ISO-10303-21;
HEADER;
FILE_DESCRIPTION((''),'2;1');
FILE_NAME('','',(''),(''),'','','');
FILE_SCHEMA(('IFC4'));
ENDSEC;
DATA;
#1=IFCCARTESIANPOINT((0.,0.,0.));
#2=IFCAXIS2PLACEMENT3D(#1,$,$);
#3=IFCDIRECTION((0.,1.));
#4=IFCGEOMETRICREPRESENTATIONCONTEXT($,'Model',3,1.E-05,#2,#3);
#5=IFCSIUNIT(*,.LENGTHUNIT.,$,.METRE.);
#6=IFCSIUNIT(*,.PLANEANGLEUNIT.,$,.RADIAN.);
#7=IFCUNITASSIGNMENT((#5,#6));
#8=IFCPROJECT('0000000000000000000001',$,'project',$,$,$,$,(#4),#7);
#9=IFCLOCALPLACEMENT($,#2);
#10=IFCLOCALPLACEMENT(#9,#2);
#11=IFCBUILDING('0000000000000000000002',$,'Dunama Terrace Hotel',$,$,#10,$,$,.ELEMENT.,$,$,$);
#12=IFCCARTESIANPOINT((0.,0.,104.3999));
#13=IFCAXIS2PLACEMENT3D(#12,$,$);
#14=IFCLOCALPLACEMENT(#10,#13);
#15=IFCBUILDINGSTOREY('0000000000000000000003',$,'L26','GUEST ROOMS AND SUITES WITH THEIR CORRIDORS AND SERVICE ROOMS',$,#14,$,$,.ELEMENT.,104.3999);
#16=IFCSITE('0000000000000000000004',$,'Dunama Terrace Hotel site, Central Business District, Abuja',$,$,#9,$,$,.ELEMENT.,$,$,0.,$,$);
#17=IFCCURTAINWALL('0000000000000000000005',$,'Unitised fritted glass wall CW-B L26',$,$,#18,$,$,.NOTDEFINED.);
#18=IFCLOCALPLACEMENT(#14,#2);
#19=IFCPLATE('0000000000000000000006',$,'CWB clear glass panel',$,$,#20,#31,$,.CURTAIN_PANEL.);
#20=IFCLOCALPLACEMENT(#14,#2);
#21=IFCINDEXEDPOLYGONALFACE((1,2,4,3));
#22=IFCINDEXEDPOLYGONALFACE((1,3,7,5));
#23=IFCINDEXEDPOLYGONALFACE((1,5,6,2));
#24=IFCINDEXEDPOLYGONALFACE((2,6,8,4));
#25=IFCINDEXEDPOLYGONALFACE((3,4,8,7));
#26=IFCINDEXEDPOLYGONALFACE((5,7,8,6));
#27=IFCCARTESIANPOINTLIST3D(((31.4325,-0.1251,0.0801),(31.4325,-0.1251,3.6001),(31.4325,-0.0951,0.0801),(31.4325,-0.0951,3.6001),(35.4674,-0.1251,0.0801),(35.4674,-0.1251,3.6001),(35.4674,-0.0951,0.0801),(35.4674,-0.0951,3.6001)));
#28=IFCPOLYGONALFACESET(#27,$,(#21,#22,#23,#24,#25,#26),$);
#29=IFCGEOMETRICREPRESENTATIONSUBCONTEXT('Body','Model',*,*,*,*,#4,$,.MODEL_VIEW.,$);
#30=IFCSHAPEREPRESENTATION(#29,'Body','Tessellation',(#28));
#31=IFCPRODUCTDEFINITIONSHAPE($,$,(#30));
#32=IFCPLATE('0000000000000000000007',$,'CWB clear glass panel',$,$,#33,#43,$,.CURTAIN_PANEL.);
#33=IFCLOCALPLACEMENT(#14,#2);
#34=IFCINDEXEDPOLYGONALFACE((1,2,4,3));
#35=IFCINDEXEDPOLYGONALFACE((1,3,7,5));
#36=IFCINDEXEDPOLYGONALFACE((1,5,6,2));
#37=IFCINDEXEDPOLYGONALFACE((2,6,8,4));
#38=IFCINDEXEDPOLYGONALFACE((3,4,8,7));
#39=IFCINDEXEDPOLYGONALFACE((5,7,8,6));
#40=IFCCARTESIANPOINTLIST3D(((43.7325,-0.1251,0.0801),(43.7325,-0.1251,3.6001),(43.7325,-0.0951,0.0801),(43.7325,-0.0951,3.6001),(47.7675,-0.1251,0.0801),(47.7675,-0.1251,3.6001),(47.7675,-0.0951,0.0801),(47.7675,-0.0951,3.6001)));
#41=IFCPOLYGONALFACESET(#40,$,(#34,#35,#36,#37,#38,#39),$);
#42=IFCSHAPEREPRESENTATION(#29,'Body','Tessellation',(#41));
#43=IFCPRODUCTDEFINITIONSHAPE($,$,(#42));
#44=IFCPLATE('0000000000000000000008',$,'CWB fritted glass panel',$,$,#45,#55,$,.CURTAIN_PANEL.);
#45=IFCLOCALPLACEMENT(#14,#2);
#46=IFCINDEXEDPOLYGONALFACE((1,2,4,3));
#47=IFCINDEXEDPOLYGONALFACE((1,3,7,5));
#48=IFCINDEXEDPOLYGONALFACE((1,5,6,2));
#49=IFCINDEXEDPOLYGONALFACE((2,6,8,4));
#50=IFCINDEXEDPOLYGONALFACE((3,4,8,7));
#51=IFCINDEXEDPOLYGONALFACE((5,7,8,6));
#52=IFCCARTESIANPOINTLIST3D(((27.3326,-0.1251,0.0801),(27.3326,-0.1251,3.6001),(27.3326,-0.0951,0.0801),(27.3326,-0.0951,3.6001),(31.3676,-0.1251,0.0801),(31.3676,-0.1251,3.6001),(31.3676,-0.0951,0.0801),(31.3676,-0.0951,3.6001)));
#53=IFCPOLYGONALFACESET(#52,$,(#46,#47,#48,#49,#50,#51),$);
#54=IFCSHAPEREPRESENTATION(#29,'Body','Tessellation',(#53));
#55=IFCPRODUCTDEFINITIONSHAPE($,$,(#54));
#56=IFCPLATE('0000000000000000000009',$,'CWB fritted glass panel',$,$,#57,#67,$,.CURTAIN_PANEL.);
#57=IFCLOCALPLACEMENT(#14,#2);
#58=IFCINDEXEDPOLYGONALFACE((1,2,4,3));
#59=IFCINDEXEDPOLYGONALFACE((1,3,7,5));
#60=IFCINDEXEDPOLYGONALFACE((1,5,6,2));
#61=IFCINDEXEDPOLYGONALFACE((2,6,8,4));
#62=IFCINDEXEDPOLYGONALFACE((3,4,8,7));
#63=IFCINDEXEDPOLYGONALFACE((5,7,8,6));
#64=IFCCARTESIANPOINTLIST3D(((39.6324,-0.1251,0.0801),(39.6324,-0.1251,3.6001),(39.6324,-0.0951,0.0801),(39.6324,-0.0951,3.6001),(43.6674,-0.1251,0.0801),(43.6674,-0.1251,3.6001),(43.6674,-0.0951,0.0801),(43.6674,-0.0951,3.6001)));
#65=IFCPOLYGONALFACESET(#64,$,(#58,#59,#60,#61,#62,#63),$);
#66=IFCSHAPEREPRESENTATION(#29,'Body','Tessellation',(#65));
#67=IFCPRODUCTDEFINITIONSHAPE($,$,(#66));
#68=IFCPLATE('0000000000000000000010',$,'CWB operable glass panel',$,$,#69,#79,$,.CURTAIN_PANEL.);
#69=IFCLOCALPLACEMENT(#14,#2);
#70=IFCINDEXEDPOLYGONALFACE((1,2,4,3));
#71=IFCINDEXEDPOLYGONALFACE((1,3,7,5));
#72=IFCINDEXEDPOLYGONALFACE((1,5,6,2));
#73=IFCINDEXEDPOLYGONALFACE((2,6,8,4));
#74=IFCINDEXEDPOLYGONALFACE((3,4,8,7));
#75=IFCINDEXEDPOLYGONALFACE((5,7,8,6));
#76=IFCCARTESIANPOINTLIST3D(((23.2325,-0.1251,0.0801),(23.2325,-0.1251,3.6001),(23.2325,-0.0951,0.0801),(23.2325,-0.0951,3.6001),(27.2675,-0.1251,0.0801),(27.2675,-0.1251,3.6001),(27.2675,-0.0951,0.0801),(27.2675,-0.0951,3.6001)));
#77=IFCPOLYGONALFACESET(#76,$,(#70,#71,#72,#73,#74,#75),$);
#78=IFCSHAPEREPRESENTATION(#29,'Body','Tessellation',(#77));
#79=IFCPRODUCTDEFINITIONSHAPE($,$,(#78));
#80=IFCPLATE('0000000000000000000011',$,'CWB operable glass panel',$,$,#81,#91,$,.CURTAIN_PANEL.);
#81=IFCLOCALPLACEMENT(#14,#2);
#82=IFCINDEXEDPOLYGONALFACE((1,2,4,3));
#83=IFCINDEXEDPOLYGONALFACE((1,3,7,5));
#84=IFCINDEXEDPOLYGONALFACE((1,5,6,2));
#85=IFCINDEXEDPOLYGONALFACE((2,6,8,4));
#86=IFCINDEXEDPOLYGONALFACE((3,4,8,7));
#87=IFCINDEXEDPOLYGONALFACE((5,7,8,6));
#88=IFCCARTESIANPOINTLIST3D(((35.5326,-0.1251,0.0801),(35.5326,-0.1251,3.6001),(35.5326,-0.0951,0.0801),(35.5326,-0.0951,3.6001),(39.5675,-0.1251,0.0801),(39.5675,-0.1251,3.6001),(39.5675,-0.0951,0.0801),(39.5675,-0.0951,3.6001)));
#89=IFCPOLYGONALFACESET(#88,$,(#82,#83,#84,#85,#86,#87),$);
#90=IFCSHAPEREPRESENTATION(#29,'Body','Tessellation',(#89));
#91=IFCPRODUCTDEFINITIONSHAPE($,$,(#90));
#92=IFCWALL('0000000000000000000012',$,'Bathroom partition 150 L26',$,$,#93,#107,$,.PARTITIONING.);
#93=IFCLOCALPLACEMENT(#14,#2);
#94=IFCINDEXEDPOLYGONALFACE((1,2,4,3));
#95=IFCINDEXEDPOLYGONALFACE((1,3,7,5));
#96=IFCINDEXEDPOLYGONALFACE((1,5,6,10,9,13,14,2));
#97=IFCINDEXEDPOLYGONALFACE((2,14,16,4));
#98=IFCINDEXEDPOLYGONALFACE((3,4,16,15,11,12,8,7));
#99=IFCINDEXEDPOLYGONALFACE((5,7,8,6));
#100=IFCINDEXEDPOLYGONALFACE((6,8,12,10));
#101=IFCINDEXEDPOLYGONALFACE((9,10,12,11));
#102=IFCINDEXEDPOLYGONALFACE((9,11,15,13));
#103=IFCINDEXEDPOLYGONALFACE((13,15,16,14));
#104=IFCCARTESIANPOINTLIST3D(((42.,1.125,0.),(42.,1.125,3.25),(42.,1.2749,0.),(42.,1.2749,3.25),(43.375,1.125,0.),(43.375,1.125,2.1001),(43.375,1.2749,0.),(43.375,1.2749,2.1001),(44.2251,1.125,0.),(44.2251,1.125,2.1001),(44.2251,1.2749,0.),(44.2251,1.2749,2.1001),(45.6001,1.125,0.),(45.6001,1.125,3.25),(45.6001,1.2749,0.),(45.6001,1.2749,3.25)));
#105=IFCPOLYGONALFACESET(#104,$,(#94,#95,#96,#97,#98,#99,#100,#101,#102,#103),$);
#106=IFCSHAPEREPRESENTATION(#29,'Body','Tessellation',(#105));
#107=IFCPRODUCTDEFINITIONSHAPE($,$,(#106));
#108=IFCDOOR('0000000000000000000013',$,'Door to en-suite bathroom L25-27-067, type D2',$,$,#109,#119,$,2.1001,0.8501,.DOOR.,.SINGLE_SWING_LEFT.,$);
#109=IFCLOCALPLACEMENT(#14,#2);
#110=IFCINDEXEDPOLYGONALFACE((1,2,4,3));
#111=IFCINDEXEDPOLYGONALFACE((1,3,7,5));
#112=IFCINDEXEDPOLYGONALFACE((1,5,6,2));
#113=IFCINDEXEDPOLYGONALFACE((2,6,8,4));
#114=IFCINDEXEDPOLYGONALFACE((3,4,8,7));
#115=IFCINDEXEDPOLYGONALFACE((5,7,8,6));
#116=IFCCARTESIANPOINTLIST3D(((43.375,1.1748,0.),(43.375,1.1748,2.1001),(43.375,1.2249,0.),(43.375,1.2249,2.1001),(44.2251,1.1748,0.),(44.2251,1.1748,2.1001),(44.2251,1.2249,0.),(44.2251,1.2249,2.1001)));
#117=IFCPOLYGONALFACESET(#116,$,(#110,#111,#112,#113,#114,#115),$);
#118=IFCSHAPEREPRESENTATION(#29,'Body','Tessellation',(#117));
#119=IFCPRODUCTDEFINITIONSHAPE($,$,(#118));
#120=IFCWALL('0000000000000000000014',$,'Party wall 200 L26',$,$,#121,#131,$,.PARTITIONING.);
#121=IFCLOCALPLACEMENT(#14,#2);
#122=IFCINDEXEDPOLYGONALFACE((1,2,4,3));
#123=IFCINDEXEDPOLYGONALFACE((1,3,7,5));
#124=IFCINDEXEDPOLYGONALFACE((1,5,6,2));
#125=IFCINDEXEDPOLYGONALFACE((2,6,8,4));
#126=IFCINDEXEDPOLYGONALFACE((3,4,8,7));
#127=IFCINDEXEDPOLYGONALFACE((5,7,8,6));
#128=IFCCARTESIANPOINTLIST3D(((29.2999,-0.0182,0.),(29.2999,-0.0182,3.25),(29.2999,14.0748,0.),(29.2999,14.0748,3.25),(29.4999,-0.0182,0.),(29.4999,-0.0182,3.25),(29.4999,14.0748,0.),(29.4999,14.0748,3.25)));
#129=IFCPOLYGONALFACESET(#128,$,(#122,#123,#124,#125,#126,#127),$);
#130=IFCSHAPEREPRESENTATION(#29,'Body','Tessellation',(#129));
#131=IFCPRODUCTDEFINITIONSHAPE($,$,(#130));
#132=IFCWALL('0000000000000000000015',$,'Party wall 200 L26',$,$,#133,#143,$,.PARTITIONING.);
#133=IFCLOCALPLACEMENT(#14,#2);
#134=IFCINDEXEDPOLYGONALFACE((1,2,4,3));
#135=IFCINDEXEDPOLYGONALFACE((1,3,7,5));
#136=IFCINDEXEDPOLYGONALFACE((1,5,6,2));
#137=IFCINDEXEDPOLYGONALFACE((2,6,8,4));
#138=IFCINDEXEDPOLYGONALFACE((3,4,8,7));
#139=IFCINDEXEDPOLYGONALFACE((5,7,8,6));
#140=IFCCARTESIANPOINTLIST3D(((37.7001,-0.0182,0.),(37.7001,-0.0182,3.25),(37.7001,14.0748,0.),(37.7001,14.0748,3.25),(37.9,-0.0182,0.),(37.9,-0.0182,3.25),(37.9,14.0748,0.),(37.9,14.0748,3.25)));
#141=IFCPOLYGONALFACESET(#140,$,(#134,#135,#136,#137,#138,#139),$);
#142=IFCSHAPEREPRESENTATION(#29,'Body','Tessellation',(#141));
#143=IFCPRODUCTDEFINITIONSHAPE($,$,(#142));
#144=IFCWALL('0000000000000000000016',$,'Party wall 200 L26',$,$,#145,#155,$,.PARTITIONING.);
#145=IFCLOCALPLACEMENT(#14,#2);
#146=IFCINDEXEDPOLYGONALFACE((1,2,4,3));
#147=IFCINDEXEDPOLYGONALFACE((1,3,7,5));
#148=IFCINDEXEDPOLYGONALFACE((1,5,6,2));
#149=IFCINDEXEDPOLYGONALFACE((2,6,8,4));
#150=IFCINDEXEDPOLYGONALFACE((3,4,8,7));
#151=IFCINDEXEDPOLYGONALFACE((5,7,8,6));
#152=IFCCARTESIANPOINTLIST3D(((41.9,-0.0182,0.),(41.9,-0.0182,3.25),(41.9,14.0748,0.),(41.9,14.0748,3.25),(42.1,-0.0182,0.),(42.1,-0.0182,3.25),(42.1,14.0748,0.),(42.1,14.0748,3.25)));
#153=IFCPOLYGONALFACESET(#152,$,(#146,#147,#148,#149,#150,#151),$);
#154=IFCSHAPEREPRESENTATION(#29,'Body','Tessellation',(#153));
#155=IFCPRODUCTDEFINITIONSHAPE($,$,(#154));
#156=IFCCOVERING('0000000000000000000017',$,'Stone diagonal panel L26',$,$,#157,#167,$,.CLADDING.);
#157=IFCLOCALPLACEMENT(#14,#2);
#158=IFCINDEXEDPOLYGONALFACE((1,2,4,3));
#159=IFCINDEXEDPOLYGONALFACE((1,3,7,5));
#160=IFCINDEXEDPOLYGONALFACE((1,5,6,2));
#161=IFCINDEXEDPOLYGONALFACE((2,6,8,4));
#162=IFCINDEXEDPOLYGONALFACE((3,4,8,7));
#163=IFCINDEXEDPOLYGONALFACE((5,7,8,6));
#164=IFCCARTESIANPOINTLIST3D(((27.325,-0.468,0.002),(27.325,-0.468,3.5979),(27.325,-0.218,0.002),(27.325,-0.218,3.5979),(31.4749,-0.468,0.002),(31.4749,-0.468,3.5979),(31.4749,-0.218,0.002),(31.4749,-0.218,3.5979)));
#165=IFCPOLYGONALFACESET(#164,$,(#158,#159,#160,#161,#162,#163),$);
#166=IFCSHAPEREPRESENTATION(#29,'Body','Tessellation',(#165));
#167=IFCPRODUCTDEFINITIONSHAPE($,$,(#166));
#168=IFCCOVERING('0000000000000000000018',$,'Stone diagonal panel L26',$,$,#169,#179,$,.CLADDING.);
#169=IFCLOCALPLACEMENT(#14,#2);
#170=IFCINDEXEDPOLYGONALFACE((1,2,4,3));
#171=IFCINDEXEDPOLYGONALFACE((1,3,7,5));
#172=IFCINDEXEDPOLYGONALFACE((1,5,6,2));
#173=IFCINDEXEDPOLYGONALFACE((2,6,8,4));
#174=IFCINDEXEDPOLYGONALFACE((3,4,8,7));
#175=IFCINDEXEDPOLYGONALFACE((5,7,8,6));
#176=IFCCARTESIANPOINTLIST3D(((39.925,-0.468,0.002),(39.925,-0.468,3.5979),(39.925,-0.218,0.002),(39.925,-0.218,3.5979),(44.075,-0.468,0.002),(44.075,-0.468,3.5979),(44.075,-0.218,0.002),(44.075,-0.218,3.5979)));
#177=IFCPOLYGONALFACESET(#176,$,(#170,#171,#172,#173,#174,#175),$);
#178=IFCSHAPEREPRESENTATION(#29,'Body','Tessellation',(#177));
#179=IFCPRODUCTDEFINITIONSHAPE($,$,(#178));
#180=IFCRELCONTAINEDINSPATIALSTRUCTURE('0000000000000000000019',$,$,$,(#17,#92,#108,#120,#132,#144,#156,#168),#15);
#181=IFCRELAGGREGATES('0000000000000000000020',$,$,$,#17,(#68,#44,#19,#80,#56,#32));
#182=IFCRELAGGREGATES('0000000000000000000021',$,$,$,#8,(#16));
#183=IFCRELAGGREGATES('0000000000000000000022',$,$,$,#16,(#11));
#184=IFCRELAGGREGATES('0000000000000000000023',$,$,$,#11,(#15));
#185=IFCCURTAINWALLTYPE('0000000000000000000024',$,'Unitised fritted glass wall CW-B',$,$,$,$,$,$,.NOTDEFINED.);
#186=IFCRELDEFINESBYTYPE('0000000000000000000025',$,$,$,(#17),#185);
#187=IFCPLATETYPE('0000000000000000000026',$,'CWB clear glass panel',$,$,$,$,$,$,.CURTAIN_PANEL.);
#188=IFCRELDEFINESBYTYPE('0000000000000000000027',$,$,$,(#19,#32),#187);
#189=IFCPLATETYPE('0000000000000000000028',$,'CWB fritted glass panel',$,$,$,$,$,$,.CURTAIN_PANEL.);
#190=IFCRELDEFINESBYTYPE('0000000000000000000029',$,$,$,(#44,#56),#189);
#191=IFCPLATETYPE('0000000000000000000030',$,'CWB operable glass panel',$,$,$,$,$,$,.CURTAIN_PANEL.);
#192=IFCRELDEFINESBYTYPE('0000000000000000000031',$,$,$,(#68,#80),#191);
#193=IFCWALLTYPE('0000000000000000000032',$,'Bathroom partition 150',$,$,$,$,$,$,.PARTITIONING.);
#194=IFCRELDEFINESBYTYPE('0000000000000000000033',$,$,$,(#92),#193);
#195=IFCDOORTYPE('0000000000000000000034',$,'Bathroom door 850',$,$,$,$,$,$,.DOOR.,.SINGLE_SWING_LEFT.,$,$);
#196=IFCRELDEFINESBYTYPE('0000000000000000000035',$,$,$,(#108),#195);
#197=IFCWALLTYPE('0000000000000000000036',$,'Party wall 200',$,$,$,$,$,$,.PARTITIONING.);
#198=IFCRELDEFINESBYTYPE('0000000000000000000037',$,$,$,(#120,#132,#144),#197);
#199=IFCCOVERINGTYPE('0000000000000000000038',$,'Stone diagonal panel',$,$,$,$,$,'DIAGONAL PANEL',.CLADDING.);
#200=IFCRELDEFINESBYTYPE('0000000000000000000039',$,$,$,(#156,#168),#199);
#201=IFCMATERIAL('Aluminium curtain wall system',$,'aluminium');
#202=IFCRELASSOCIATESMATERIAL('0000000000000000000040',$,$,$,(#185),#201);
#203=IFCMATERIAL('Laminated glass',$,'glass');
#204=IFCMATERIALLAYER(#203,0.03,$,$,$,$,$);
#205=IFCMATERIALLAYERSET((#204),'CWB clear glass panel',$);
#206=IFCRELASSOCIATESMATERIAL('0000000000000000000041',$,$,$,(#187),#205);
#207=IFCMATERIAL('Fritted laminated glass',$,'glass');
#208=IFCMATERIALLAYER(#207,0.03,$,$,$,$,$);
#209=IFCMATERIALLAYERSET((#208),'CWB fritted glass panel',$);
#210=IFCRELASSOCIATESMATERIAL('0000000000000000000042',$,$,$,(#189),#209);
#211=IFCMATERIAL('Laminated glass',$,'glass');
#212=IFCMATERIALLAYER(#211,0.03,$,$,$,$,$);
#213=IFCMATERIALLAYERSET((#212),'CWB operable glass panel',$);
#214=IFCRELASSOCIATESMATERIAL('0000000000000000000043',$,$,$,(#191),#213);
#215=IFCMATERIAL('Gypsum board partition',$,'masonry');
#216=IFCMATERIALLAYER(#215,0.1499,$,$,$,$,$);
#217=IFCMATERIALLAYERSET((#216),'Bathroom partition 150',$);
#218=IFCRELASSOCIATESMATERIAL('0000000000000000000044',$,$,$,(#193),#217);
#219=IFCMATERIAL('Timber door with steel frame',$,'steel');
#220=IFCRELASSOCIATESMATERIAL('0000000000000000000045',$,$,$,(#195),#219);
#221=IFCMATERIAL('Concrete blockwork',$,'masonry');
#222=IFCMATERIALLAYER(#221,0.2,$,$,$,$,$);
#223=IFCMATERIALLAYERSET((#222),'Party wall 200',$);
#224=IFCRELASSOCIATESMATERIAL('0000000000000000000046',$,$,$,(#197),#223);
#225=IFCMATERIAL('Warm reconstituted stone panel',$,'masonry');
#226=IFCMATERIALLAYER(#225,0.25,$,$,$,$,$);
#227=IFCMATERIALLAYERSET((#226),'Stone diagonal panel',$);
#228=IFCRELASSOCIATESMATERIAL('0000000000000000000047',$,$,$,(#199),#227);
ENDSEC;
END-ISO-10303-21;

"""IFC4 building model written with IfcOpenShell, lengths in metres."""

from ifc_helpers import new_model, si_unit, direction, frame, frame_2d, origin, origin_2d, place, context, subcontext, project, spatial, rectangle, extrude, material, layer, layer_set, type_object, element, fill, aggregate, save


model = new_model("IFC4")

# Units and contexts
model_context = context("Model", 3, precision=1e-05, world=origin(), true_north=direction((0.0, 1.0)))
body_context = subcontext(model_context, "Body", "Model", "MODEL_VIEW")
ifc_project = project(units=[si_unit("LENGTHUNIT", "METRE"), si_unit("PLANEANGLEUNIT", "RADIAN")], contexts=[model_context])

# Site, building, storey
site_placement = place(None, origin())
site = spatial("IfcSite", under=ifc_project, at=site_placement, Name="Dunama Terrace Hotel site, Central Business District, Abuja", CompositionType="ELEMENT", RefElevation=0.0)
building_placement = place(site_placement, origin())
building = spatial("IfcBuilding", under=site, at=building_placement, Name="Dunama Terrace Hotel", CompositionType="ELEMENT")
storey_placement = place(building_placement, frame((0.0, 0.0, 104.3999)))
storey = spatial("IfcBuildingStorey", under=building, at=storey_placement, Name="L26", Description="GUEST ROOMS AND SUITES WITH THEIR CORRIDORS AND SERVICE ROOMS", CompositionType="ELEMENT", Elevation=104.3999)

# Curtain wall
ifc_material_1 = material(Name="Aluminium curtain wall system", Category="aluminium")
curtain_wall_type = type_object("IfcCurtainWallType", Name="Unitised fritted glass wall CW-B", PredefinedType="NOTDEFINED", material=ifc_material_1)
curtain_wall_placement = place(storey_placement, origin())
curtain_wall = element("IfcCurtainWall", 1, at=curtain_wall_placement, inside=storey, type_object=curtain_wall_type, Name="Unitised fritted glass wall CW-B L26", PredefinedType="NOTDEFINED")

# Plates
ifc_material_2 = material(Name="Laminated glass", Category="glass")
ifc_layer_1 = layer(ifc_material_2, 0.03)
ifc_layer_set_1 = layer_set([ifc_layer_1], Name="CWB clear glass panel")
plate_type_1 = type_object("IfcPlateType", Name="CWB clear glass panel", PredefinedType="CURTAIN_PANEL", material=ifc_layer_set_1)
plate_1_placement = place(storey_placement, frame((33.45, -0.1101, 0.0801), z_axis=(0.0, 0.0, 1.0), x_axis=(1.0, 0.0, 0.0)))
plate_1 = element("IfcPlate", 2, at=plate_1_placement, type_object=plate_type_1, Name="CWB clear glass panel", PredefinedType="CURTAIN_PANEL", context=body_context, shape_type="SweptSolid", body=[
    extrude(rectangle(XDim=4.0349, YDim=0.03, at=origin_2d()), origin(), (0.0, 0.0, 1.0), 3.52),
])
plate_2_placement = place(storey_placement, frame((45.75, -0.1101, 0.0801), z_axis=(0.0, 0.0, 1.0), x_axis=(1.0, 0.0, 0.0)))
plate_2 = element("IfcPlate", 3, at=plate_2_placement, type_object=plate_type_1, Name="CWB clear glass panel", PredefinedType="CURTAIN_PANEL", context=body_context, shape_type="SweptSolid", body=[
    extrude(rectangle(XDim=4.0349, YDim=0.03, at=origin_2d()), origin(), (0.0, 0.0, 1.0), 3.52),
])
ifc_material_3 = material(Name="Fritted laminated glass", Category="glass")
ifc_layer_2 = layer(ifc_material_3, 0.03)
ifc_layer_set_2 = layer_set([ifc_layer_2], Name="CWB fritted glass panel")
plate_type_2 = type_object("IfcPlateType", Name="CWB fritted glass panel", PredefinedType="CURTAIN_PANEL", material=ifc_layer_set_2)
plate_3_placement = place(storey_placement, frame((29.3501, -0.1101, 0.0801), z_axis=(0.0, 0.0, 1.0), x_axis=(1.0, 0.0, 0.0)))
plate_3 = element("IfcPlate", 4, at=plate_3_placement, type_object=plate_type_2, Name="CWB fritted glass panel", PredefinedType="CURTAIN_PANEL", context=body_context, shape_type="SweptSolid", body=[
    extrude(rectangle(XDim=4.0349, YDim=0.03, at=origin_2d()), origin(), (0.0, 0.0, 1.0), 3.52),
])
plate_4_placement = place(storey_placement, frame((41.6499, -0.1101, 0.0801), z_axis=(0.0, 0.0, 1.0), x_axis=(1.0, 0.0, 0.0)))
plate_4 = element("IfcPlate", 5, at=plate_4_placement, type_object=plate_type_2, Name="CWB fritted glass panel", PredefinedType="CURTAIN_PANEL", context=body_context, shape_type="SweptSolid", body=[
    extrude(rectangle(XDim=4.0349, YDim=0.03, at=origin_2d()), origin(), (0.0, 0.0, 1.0), 3.52),
])
ifc_material_4 = material(Name="Laminated glass", Category="glass")
ifc_layer_3 = layer(ifc_material_4, 0.03)
ifc_layer_set_3 = layer_set([ifc_layer_3], Name="CWB operable glass panel")
plate_type_3 = type_object("IfcPlateType", Name="CWB operable glass panel", PredefinedType="CURTAIN_PANEL", material=ifc_layer_set_3)
plate_5_placement = place(storey_placement, frame((25.25, -0.1101, 0.0801), z_axis=(0.0, 0.0, 1.0), x_axis=(1.0, 0.0, 0.0)))
plate_5 = element("IfcPlate", 6, at=plate_5_placement, type_object=plate_type_3, Name="CWB operable glass panel", PredefinedType="CURTAIN_PANEL", context=body_context, shape_type="SweptSolid", body=[
    extrude(rectangle(XDim=4.0349, YDim=0.03, at=origin_2d()), origin(), (0.0, 0.0, 1.0), 3.52),
])
plate_6_placement = place(storey_placement, frame((37.55, -0.1101, 0.0801), z_axis=(0.0, 0.0, 1.0), x_axis=(1.0, 0.0, 0.0)))
plate_6 = element("IfcPlate", 7, at=plate_6_placement, type_object=plate_type_3, Name="CWB operable glass panel", PredefinedType="CURTAIN_PANEL", context=body_context, shape_type="SweptSolid", body=[
    extrude(rectangle(XDim=4.0349, YDim=0.03, at=origin_2d()), origin(), (0.0, 0.0, 1.0), 3.52),
])
aggregate(curtain_wall, [plate_5, plate_3, plate_1, plate_6, plate_4, plate_2])

# Wall, opening, door
ifc_material_5 = material(Name="Gypsum board partition", Category="masonry")
ifc_layer_4 = layer(ifc_material_5, 0.1499)
ifc_layer_set_4 = layer_set([ifc_layer_4], Name="Bathroom partition 150")
wall_type_1 = type_object("IfcWallType", Name="Bathroom partition 150", PredefinedType="PARTITIONING", material=ifc_layer_set_4)
wall_placement = place(storey_placement, frame((42.0, 1.2, 0.0), z_axis=(0.0, 0.0, 1.0), x_axis=(1.0, 0.0, 0.0)))
wall = element("IfcWall", 8, at=wall_placement, inside=storey, type_object=wall_type_1, Name="Bathroom partition 150 L26", PredefinedType="PARTITIONING", context=body_context, shape_type="SweptSolid", body=[
    extrude(rectangle(XDim=3.6001, YDim=0.1499, at=frame_2d((1.8, 0.0))), origin(), (0.0, 0.0, 1.0), 3.25),
])
opening_placement = place(wall_placement, frame((1.375, 0.0, 0.0)))
opening = element("IfcOpeningElement", 9, at=opening_placement, cuts=wall, PredefinedType="OPENING", context=body_context, shape_type="SweptSolid", body=[
    extrude(rectangle(XDim=0.8501, YDim=2.1001, at=frame_2d((0.425, 1.05))), frame((0.0, 0.085, 0.0), z_axis=(0.0, -1.0, 0.0), x_axis=(1.0, 0.0, 0.0)), (0.0, 0.0, 1.0), 0.1699),
])
ifc_material_6 = material(Name="Timber door with steel frame", Category="steel")
door_type = type_object("IfcDoorType", Name="Bathroom door 850", OperationType="SINGLE_SWING_LEFT", PredefinedType="DOOR", material=ifc_material_6)
door_placement = place(opening_placement, origin())
door = element("IfcDoor", 10, at=door_placement, inside=storey, type_object=door_type, Name="Door to en-suite bathroom L25-27-067, type D2", OperationType="SINGLE_SWING_LEFT", OverallHeight=2.1001, OverallWidth=0.8501, PredefinedType="DOOR", context=body_context, shape_type="SweptSolid", body=[
    extrude(rectangle(XDim=0.8501, YDim=2.1001, at=frame_2d((0.425, 1.05))), frame((0.0, 0.0249, 0.0), z_axis=(0.0, -1.0, 0.0), x_axis=(1.0, 0.0, 0.0)), (0.0, 0.0, 1.0), 0.05),
])
fill(opening, door)

# Walls
ifc_material_7 = material(Name="Concrete blockwork", Category="masonry")
ifc_layer_5 = layer(ifc_material_7, 0.2)
ifc_layer_set_5 = layer_set([ifc_layer_5], Name="Party wall 200")
wall_type_2 = type_object("IfcWallType", Name="Party wall 200", PredefinedType="PARTITIONING", material=ifc_layer_set_5)
for number, where, z_axis, x_axis, name in (
    (11, (29.3999, -0.0181, 0.0), (0.0, 0.0, 1.0), (0.0, 1.0, 0.0), "Party wall 200 L26"),
    (12, (37.8, -0.0181, 0.0), (0.0, 0.0, 1.0), (0.0, 1.0, 0.0), "Party wall 200 L26"),
    (13, (42.0, -0.0181, 0.0), (0.0, 0.0, 1.0), (0.0, 1.0, 0.0), "Party wall 200 L26"),
):
    element("IfcWall", number, at=place(storey_placement, frame(where, z_axis=z_axis, x_axis=x_axis)), inside=storey, type_object=wall_type_2, Name=name, PredefinedType="PARTITIONING", context=body_context, shape_type="SweptSolid", body=[
        extrude(rectangle(XDim=14.093, YDim=0.2, at=frame_2d((7.0464, 0.0))), origin(), (0.0, 0.0, 1.0), 3.25),
    ])

# Coverings
ifc_material_8 = material(Name="Warm reconstituted stone panel", Category="masonry")
ifc_layer_6 = layer(ifc_material_8, 0.25)
ifc_layer_set_6 = layer_set([ifc_layer_6], Name="Stone diagonal panel")
covering_type = type_object("IfcCoveringType", Name="Stone diagonal panel", ElementType="DIAGONAL PANEL", PredefinedType="CLADDING", material=ifc_layer_set_6)
for number, where, z_axis, x_axis, name in (
    (14, (29.3999, -0.343, 0.002), (0.0, 0.0, 1.0), (1.0, 0.0, 0.0), "Stone diagonal panel L26"),
    (15, (42.0, -0.343, 0.002), (0.0, 0.0, 1.0), (1.0, 0.0, 0.0), "Stone diagonal panel L26"),
):
    element("IfcCovering", number, at=place(storey_placement, frame(where, z_axis=z_axis, x_axis=x_axis)), inside=storey, type_object=covering_type, Name=name, PredefinedType="CLADDING", context=body_context, shape_type="SweptSolid", body=[
        extrude(rectangle(XDim=4.1499, YDim=0.25, at=origin_2d()), origin(), (0.0, 0.0, 1.0), 3.5959),
    ])

save(model, "model.ifc")
